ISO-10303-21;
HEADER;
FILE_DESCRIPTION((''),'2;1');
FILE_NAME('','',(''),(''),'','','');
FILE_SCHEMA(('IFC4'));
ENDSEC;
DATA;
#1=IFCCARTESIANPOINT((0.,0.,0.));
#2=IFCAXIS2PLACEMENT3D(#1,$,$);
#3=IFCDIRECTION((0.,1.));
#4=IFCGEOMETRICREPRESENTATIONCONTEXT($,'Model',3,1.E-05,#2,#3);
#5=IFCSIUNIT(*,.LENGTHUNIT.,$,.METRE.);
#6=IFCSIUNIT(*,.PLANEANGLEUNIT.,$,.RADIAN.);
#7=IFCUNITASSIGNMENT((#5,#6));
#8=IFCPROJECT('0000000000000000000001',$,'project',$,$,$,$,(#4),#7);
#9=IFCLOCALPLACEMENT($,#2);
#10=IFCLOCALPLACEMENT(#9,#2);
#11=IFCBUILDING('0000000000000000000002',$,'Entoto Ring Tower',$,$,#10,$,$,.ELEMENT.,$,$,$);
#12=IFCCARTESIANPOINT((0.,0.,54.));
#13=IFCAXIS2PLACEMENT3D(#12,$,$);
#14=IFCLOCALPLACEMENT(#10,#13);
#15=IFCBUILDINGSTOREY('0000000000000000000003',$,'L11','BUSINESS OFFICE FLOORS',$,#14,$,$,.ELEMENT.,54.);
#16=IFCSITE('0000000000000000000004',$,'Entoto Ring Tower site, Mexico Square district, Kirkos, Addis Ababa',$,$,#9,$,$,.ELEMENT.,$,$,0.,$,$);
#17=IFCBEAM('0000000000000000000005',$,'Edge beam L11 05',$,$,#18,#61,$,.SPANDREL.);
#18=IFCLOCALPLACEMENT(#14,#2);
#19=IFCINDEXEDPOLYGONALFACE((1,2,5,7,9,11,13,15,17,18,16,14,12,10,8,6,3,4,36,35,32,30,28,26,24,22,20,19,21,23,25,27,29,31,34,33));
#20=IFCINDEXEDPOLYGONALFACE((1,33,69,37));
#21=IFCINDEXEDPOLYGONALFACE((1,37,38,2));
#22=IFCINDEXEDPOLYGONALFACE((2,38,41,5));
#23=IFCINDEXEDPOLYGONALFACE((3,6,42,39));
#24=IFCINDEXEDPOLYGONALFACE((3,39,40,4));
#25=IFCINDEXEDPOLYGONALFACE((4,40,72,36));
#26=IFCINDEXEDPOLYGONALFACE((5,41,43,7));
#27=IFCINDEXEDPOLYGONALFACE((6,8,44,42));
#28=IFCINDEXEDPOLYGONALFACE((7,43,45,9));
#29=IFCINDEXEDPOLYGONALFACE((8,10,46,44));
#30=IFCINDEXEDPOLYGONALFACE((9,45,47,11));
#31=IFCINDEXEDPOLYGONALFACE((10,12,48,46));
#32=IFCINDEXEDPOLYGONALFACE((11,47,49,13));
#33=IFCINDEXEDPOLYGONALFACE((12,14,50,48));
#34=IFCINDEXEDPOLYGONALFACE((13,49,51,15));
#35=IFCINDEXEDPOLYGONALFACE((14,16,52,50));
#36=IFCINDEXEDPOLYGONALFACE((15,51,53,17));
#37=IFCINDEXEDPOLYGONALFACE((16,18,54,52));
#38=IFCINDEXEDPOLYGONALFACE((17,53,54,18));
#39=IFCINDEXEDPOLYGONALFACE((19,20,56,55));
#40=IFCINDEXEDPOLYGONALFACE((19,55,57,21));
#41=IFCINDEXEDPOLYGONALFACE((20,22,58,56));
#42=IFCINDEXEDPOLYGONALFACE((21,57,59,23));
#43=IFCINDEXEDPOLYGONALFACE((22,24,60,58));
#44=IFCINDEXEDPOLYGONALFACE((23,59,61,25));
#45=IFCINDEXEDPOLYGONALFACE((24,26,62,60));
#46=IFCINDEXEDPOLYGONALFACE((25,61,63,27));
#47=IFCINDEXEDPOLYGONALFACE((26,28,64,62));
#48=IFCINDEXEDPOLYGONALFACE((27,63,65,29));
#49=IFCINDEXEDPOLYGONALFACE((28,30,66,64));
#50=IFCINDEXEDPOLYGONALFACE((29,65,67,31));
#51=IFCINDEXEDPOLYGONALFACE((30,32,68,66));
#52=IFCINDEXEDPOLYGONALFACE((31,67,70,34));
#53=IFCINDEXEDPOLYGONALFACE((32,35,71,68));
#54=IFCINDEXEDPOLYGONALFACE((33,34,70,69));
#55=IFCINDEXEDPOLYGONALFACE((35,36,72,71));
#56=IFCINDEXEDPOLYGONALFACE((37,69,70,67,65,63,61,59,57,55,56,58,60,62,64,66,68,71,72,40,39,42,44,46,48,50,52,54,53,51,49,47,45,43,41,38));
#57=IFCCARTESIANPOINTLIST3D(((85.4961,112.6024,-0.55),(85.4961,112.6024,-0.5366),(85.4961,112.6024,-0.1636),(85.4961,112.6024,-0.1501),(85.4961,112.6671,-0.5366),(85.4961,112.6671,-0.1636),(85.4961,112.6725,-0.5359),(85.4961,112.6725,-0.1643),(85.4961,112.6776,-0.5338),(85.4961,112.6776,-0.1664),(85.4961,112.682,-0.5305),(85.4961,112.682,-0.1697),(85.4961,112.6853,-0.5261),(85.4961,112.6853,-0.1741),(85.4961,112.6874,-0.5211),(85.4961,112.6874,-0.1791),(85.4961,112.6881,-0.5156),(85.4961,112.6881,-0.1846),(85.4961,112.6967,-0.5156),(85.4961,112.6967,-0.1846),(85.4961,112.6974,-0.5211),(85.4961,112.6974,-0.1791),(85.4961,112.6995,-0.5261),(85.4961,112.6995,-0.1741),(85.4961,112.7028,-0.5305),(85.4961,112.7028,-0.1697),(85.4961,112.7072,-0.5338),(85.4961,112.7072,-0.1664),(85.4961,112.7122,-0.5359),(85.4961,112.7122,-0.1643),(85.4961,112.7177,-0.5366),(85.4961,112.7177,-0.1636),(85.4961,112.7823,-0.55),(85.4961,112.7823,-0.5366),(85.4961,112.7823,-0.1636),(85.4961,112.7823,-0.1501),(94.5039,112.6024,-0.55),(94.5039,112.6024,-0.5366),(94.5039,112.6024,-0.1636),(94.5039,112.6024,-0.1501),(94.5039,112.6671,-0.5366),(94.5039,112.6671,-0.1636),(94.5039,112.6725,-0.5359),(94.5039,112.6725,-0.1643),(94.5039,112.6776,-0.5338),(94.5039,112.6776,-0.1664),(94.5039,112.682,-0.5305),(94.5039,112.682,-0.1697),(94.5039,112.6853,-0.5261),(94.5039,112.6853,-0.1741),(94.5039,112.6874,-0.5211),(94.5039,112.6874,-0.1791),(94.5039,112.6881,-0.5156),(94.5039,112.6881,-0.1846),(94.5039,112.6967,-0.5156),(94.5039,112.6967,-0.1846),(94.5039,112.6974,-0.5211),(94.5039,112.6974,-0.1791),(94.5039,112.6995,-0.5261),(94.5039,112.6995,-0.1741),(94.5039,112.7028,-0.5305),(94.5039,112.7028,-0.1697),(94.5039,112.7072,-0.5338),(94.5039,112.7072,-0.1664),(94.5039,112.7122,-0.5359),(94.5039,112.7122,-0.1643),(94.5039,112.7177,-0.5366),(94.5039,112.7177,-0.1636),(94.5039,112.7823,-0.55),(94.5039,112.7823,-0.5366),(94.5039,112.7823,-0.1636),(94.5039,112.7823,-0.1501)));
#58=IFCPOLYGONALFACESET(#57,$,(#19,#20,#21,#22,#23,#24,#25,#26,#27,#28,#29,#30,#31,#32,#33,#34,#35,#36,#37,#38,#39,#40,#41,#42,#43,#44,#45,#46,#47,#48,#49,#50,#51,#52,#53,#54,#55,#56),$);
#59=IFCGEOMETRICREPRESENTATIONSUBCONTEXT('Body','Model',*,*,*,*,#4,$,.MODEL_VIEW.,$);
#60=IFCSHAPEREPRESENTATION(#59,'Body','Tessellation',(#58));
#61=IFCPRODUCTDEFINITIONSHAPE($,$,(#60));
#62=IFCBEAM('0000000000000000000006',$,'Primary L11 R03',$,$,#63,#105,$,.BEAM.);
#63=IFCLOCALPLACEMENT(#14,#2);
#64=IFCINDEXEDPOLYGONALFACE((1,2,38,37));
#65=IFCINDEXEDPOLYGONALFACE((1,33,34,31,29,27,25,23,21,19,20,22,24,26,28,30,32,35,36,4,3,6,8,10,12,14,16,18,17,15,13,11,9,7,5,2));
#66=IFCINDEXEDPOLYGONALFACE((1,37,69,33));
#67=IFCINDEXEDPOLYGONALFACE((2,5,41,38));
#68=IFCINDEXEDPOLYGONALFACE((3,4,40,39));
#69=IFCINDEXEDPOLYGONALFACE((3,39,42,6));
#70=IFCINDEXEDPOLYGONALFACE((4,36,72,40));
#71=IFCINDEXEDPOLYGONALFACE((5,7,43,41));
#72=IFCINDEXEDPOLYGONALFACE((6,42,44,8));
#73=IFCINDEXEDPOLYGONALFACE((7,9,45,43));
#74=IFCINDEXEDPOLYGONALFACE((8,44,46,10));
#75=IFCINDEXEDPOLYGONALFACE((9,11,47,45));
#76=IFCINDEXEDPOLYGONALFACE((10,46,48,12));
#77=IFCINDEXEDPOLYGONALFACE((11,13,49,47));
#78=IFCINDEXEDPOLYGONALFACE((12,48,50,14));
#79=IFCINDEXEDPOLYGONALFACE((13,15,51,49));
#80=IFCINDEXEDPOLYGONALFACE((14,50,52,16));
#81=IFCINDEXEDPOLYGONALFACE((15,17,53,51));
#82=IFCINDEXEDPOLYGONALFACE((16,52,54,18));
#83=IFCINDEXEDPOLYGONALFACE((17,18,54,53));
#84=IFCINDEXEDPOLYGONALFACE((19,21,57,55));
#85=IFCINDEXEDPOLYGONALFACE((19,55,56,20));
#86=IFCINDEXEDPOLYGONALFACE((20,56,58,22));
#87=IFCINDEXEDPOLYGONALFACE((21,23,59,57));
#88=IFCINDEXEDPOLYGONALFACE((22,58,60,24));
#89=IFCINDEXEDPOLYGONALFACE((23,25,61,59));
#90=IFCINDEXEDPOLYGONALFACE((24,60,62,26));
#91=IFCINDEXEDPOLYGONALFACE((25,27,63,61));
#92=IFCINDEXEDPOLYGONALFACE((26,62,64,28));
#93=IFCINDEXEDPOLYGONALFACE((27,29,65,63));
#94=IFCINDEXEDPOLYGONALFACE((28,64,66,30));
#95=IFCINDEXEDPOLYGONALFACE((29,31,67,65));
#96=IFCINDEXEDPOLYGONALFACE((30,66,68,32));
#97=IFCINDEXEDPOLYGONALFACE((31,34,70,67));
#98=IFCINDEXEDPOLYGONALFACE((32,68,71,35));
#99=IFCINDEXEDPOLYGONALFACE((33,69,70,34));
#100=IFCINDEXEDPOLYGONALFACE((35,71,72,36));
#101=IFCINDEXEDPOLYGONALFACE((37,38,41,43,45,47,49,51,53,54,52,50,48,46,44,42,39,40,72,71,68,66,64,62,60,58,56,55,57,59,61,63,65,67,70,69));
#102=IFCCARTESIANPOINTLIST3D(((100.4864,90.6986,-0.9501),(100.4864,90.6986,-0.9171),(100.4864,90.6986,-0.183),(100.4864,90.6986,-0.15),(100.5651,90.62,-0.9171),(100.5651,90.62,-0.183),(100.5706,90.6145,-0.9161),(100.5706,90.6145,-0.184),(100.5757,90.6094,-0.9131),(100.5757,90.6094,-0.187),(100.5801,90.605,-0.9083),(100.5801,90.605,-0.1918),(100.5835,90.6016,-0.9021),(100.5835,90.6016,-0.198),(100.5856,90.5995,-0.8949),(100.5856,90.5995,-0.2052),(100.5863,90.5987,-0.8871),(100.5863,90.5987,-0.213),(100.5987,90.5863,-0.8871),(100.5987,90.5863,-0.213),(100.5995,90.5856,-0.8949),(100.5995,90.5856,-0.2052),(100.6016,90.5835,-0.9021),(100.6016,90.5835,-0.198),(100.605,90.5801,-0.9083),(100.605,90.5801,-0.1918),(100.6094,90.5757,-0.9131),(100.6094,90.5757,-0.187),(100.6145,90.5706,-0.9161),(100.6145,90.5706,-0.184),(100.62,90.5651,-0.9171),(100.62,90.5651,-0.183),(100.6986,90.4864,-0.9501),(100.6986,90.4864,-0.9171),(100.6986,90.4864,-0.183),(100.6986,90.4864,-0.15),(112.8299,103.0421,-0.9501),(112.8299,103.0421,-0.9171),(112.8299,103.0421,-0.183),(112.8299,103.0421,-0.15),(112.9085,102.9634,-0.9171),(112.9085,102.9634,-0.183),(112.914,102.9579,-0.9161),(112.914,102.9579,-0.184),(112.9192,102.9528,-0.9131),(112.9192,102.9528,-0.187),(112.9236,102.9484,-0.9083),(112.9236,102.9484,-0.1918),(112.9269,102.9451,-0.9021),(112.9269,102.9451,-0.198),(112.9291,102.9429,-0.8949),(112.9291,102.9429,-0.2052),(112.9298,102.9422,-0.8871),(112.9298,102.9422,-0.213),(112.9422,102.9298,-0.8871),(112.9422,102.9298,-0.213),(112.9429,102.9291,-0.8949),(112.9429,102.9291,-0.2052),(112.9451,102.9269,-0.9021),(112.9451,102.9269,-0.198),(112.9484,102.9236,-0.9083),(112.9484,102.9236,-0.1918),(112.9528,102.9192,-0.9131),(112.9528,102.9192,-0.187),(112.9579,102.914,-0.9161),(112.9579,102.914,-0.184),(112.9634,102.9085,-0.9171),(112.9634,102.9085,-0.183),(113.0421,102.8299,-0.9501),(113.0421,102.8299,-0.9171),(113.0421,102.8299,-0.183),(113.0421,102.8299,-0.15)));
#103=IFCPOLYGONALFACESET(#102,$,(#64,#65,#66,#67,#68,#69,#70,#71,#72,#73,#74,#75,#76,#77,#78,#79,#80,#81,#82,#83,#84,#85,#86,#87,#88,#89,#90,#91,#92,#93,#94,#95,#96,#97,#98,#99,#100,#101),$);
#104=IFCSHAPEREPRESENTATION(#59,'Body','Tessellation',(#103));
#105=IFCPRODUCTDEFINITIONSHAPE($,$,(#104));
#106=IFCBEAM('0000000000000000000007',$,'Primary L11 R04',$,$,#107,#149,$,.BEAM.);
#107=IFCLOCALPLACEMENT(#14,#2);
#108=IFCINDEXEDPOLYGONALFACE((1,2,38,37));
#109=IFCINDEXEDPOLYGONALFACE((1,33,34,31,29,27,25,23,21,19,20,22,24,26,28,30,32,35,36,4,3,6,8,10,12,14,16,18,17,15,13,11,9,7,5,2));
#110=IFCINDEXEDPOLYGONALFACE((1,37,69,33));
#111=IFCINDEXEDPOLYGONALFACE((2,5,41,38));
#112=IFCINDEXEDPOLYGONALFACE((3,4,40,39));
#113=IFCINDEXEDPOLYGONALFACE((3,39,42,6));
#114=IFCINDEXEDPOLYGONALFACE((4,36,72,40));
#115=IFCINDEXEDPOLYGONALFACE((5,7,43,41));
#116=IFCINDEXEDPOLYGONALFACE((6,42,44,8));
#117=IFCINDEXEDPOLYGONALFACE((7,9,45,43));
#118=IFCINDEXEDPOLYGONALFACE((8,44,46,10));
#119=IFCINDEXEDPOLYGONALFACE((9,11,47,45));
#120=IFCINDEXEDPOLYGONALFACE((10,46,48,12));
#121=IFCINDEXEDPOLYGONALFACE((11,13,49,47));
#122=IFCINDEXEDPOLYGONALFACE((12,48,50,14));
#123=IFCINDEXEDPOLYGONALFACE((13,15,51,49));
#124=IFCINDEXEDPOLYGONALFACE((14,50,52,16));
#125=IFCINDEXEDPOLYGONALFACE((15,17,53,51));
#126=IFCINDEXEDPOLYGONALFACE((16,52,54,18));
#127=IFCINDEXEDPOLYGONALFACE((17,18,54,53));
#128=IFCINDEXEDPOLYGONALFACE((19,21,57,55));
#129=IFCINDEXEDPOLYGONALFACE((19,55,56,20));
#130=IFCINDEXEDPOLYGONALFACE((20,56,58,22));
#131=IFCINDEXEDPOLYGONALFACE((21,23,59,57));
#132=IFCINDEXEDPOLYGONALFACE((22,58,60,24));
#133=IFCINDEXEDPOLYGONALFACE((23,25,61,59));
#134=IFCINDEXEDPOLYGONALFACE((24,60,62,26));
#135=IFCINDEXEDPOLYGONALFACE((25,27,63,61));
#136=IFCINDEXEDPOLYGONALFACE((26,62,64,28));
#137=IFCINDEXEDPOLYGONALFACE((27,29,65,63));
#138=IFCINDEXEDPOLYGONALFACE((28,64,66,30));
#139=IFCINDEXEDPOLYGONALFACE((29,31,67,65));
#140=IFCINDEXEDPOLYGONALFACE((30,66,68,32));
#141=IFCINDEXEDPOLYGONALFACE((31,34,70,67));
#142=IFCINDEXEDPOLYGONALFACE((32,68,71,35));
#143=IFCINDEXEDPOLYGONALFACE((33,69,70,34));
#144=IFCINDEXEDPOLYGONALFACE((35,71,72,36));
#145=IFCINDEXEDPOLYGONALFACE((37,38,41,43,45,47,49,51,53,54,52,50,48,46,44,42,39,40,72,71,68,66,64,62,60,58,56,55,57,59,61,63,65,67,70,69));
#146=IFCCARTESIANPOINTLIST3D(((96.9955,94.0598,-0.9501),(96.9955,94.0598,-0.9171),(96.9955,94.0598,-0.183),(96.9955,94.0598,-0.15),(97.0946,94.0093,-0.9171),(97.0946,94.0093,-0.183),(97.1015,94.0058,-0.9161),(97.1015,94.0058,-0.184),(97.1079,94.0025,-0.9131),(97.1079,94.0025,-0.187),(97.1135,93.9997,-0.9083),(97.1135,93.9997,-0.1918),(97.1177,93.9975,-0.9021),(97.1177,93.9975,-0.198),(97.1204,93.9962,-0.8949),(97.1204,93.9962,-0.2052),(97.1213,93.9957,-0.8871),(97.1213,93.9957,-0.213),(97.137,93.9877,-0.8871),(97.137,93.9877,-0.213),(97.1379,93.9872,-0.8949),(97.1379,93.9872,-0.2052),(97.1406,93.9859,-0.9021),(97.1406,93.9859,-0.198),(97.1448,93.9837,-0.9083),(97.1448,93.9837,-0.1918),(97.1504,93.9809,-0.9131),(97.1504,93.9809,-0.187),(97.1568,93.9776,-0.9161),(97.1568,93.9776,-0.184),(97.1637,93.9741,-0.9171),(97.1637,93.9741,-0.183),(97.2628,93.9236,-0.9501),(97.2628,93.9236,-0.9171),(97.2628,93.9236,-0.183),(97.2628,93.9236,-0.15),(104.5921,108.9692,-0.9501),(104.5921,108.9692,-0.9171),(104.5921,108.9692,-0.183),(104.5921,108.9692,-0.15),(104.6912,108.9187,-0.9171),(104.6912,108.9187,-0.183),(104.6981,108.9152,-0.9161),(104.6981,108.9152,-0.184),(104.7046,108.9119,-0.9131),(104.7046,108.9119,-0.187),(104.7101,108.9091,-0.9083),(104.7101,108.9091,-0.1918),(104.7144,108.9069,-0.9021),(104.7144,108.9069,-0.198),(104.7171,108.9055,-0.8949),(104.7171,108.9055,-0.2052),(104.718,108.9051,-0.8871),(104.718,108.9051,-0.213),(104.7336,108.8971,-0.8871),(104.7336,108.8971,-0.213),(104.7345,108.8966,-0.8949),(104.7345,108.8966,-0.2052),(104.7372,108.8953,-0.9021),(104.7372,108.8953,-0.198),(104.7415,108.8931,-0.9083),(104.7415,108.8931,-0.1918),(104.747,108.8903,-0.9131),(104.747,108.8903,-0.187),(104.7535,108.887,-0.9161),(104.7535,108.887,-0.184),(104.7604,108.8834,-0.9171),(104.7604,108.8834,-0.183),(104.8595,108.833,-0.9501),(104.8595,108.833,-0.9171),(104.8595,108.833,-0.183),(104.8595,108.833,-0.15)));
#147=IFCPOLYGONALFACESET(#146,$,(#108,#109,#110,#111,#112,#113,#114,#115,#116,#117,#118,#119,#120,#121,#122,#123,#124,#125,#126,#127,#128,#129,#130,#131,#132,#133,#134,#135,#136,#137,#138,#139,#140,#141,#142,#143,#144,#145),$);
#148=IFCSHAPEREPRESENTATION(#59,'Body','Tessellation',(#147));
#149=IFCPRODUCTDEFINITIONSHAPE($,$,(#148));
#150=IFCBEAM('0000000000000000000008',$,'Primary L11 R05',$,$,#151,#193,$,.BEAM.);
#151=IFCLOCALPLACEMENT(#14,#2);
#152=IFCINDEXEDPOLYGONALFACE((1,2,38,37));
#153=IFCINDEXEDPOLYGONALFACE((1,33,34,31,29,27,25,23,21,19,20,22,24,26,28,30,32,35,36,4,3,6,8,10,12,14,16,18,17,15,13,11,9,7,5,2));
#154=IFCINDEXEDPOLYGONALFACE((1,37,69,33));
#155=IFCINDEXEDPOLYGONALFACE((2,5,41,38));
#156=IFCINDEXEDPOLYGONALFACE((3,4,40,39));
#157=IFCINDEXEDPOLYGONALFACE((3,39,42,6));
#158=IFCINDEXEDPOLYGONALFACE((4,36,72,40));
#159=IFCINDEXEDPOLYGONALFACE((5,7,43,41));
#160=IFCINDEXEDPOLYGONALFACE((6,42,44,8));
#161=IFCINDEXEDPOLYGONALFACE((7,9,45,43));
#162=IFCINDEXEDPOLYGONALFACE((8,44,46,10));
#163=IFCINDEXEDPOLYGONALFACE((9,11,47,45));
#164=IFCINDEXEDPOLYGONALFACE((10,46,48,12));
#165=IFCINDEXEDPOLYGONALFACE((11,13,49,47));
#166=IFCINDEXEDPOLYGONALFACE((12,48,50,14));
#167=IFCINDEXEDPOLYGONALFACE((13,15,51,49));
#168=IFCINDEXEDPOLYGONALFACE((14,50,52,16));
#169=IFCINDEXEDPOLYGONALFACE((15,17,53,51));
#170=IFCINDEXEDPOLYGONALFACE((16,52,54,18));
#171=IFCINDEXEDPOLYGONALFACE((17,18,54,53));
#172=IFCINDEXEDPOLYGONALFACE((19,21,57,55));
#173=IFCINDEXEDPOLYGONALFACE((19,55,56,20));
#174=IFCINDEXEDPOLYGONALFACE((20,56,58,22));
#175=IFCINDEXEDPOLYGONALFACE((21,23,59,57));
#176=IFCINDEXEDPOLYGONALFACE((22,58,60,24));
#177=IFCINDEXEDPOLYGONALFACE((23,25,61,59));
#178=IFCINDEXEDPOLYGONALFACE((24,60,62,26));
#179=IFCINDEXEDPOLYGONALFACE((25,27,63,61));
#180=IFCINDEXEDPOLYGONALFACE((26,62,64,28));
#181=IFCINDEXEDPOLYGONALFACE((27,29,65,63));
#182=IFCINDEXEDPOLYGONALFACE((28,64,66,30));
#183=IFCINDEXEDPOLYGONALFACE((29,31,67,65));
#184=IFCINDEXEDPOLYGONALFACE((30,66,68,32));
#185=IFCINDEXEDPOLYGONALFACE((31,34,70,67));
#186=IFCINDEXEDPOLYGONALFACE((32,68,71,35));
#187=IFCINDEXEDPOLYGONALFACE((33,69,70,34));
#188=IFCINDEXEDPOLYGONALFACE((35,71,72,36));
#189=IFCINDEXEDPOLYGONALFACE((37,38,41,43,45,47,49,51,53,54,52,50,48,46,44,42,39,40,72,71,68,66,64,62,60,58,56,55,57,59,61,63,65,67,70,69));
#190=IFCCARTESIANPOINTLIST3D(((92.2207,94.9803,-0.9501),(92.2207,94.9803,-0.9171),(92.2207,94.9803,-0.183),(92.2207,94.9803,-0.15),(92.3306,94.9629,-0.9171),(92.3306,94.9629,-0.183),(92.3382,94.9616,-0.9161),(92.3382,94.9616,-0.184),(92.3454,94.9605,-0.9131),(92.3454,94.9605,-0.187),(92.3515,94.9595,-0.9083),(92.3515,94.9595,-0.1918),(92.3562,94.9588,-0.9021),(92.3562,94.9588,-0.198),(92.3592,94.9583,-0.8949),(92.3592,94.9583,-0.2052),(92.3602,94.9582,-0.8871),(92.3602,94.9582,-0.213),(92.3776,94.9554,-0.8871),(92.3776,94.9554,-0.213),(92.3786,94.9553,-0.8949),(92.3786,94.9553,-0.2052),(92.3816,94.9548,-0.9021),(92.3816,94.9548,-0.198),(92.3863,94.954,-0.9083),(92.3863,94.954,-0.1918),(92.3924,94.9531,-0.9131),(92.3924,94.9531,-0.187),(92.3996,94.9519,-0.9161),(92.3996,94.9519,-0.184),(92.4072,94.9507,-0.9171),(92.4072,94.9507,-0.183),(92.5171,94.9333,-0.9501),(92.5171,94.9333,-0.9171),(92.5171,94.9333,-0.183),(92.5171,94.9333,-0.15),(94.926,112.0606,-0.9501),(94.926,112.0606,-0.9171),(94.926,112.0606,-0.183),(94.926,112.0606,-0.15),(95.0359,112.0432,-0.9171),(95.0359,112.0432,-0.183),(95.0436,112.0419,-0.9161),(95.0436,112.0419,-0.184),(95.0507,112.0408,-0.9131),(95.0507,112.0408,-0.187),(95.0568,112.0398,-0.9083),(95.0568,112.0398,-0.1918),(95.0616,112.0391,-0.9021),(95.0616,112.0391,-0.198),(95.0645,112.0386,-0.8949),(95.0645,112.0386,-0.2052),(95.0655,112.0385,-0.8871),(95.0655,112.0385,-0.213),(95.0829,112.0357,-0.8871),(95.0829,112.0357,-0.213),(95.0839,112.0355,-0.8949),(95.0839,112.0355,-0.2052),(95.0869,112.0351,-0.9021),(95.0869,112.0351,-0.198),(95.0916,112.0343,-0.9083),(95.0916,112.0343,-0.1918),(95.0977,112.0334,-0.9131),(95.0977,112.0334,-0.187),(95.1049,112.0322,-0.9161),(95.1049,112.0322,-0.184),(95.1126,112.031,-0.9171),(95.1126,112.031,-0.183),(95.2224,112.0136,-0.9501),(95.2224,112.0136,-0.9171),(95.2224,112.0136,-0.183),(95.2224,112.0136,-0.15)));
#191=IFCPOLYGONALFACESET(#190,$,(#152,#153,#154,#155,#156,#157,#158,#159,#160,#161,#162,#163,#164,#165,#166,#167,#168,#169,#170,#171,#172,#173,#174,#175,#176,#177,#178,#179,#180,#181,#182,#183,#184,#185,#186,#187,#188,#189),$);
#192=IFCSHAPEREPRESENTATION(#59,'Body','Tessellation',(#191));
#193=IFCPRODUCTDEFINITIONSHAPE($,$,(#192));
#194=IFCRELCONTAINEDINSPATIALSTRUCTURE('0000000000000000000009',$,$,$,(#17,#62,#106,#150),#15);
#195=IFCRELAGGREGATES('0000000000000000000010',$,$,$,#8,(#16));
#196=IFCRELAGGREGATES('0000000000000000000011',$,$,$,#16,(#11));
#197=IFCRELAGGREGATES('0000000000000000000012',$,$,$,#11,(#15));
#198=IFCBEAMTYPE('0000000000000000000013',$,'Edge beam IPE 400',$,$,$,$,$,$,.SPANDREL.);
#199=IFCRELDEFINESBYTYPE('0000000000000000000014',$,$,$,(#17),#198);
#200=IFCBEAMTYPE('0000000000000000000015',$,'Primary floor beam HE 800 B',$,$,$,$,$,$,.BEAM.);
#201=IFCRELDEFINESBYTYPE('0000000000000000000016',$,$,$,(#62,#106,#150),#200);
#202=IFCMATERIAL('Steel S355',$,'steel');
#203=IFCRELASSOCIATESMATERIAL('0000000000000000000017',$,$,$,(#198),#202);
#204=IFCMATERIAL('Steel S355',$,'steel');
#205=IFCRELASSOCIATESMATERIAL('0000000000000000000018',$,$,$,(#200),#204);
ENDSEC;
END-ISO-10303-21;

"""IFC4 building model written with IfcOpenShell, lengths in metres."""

from ifc_helpers import new_model, si_unit, direction, frame, origin, origin_2d, place, context, subcontext, project, spatial, i_section, extrude, material, material_profile, profile_set, type_object, element, save


model = new_model("IFC4")

# Units and contexts
model_context = context("Model", 3, precision=1e-05, world=origin(), true_north=direction((0.0, 1.0)))
body_context = subcontext(model_context, "Body", "Model", "MODEL_VIEW")
ifc_project = project(units=[si_unit("LENGTHUNIT", "METRE"), si_unit("PLANEANGLEUNIT", "RADIAN")], contexts=[model_context])

# Site, building, storey
site_placement = place(None, origin())
site = spatial("IfcSite", under=ifc_project, at=site_placement, Name="Entoto Ring Tower site, Mexico Square district, Kirkos, Addis Ababa", CompositionType="ELEMENT", RefElevation=0.0)
building_placement = place(site_placement, origin())
building = spatial("IfcBuilding", under=site, at=building_placement, Name="Entoto Ring Tower", CompositionType="ELEMENT")
storey_placement = place(building_placement, frame((0.0, 0.0, 54.0)))
storey = spatial("IfcBuildingStorey", under=building, at=storey_placement, Name="L11", Description="BUSINESS OFFICE FLOORS", CompositionType="ELEMENT", Elevation=54.0)

# Beams
ifc_material_1 = material(Name="Steel S355", Category="steel")
ifc_material_profile_1 = material_profile(ifc_material_1, i_section(OverallWidth=0.1799, OverallDepth=0.3999, WebThickness=0.0085, FlangeThickness=0.0134, FilletRadius=0.021, at=origin_2d()), Name="IPE 400")
ifc_profile_set_1 = profile_set([ifc_material_profile_1], Name="Steel S355")
beam_type_1 = type_object("IfcBeamType", Name="Edge beam IPE 400", PredefinedType="SPANDREL", material=ifc_profile_set_1)
beam_1_placement = place(storey_placement, frame((94.5039, 112.6924, -0.3501), z_axis=(-1.0, 0.0, 0.0), x_axis=(0.0, -1.0, 0.0)))
element("IfcBeam", 1, at=beam_1_placement, inside=storey, type_object=beam_type_1, Name="Edge beam L11 05", PredefinedType="SPANDREL", context=body_context, shape_type="SweptSolid", body=[
    extrude(i_section(OverallWidth=0.1799, OverallDepth=0.3999, WebThickness=0.0085, FlangeThickness=0.0134, FilletRadius=0.021, at=origin_2d()), origin(), (0.0, 0.0, 1.0), 9.0078),
])
ifc_material_2 = material(Name="Steel S355", Category="steel")
ifc_material_profile_2 = material_profile(ifc_material_2, i_section(OverallWidth=0.3, OverallDepth=0.8, WebThickness=0.0176, FlangeThickness=0.033, FilletRadius=0.03, at=origin_2d()), Name="HE 800 B")
ifc_profile_set_2 = profile_set([ifc_material_profile_2], Name="Steel S355")
beam_type_2 = type_object("IfcBeamType", Name="Primary floor beam HE 800 B", PredefinedType="BEAM", material=ifc_profile_set_2)
beam_2_placement = place(storey_placement, frame((100.5925, 90.5925, -0.55), z_axis=(0.707107, 0.707107, 0.0), x_axis=(-0.707107, 0.707107, 0.0)))
element("IfcBeam", 2, at=beam_2_placement, inside=storey, type_object=beam_type_2, Name="Primary L11 R03", PredefinedType="BEAM", context=body_context, shape_type="SweptSolid", body=[
    extrude(i_section(OverallWidth=0.3, OverallDepth=0.8, WebThickness=0.0176, FlangeThickness=0.033, FilletRadius=0.03, at=origin_2d()), origin(), (0.0, 0.0, 1.0), 17.4563),
])
beam_3_placement = place(storey_placement, frame((97.1292, 93.9917, -0.55), z_axis=(0.453988, 0.891008, 0.0), x_axis=(-0.891008, 0.453988, 0.0)))
element("IfcBeam", 3, at=beam_3_placement, inside=storey, type_object=beam_type_2, Name="Primary L11 R04", PredefinedType="BEAM", context=body_context, shape_type="SweptSolid", body=[
    extrude(i_section(OverallWidth=0.3, OverallDepth=0.8, WebThickness=0.0176, FlangeThickness=0.033, FilletRadius=0.03, at=origin_2d()), origin(), (0.0, 0.0, 1.0), 16.7332),
])
for number, where, z_axis, x_axis, name in (
    (4, (92.3689, 94.9568, -0.55), (0.156438, 0.987688, 0.0), (-0.987688, 0.156438, 0.0), "Primary L11 R05"),
):
    element("IfcBeam", number, at=place(storey_placement, frame(where, z_axis=z_axis, x_axis=x_axis)), inside=storey, type_object=beam_type_2, Name=name, PredefinedType="BEAM", context=body_context, shape_type="SweptSolid", body=[
        extrude(i_section(OverallWidth=0.3, OverallDepth=0.8, WebThickness=0.0176, FlangeThickness=0.033, FilletRadius=0.03, at=origin_2d()), origin(), (0.0, 0.0, 1.0), 17.2932),
    ])

save(model, "model.ifc")
